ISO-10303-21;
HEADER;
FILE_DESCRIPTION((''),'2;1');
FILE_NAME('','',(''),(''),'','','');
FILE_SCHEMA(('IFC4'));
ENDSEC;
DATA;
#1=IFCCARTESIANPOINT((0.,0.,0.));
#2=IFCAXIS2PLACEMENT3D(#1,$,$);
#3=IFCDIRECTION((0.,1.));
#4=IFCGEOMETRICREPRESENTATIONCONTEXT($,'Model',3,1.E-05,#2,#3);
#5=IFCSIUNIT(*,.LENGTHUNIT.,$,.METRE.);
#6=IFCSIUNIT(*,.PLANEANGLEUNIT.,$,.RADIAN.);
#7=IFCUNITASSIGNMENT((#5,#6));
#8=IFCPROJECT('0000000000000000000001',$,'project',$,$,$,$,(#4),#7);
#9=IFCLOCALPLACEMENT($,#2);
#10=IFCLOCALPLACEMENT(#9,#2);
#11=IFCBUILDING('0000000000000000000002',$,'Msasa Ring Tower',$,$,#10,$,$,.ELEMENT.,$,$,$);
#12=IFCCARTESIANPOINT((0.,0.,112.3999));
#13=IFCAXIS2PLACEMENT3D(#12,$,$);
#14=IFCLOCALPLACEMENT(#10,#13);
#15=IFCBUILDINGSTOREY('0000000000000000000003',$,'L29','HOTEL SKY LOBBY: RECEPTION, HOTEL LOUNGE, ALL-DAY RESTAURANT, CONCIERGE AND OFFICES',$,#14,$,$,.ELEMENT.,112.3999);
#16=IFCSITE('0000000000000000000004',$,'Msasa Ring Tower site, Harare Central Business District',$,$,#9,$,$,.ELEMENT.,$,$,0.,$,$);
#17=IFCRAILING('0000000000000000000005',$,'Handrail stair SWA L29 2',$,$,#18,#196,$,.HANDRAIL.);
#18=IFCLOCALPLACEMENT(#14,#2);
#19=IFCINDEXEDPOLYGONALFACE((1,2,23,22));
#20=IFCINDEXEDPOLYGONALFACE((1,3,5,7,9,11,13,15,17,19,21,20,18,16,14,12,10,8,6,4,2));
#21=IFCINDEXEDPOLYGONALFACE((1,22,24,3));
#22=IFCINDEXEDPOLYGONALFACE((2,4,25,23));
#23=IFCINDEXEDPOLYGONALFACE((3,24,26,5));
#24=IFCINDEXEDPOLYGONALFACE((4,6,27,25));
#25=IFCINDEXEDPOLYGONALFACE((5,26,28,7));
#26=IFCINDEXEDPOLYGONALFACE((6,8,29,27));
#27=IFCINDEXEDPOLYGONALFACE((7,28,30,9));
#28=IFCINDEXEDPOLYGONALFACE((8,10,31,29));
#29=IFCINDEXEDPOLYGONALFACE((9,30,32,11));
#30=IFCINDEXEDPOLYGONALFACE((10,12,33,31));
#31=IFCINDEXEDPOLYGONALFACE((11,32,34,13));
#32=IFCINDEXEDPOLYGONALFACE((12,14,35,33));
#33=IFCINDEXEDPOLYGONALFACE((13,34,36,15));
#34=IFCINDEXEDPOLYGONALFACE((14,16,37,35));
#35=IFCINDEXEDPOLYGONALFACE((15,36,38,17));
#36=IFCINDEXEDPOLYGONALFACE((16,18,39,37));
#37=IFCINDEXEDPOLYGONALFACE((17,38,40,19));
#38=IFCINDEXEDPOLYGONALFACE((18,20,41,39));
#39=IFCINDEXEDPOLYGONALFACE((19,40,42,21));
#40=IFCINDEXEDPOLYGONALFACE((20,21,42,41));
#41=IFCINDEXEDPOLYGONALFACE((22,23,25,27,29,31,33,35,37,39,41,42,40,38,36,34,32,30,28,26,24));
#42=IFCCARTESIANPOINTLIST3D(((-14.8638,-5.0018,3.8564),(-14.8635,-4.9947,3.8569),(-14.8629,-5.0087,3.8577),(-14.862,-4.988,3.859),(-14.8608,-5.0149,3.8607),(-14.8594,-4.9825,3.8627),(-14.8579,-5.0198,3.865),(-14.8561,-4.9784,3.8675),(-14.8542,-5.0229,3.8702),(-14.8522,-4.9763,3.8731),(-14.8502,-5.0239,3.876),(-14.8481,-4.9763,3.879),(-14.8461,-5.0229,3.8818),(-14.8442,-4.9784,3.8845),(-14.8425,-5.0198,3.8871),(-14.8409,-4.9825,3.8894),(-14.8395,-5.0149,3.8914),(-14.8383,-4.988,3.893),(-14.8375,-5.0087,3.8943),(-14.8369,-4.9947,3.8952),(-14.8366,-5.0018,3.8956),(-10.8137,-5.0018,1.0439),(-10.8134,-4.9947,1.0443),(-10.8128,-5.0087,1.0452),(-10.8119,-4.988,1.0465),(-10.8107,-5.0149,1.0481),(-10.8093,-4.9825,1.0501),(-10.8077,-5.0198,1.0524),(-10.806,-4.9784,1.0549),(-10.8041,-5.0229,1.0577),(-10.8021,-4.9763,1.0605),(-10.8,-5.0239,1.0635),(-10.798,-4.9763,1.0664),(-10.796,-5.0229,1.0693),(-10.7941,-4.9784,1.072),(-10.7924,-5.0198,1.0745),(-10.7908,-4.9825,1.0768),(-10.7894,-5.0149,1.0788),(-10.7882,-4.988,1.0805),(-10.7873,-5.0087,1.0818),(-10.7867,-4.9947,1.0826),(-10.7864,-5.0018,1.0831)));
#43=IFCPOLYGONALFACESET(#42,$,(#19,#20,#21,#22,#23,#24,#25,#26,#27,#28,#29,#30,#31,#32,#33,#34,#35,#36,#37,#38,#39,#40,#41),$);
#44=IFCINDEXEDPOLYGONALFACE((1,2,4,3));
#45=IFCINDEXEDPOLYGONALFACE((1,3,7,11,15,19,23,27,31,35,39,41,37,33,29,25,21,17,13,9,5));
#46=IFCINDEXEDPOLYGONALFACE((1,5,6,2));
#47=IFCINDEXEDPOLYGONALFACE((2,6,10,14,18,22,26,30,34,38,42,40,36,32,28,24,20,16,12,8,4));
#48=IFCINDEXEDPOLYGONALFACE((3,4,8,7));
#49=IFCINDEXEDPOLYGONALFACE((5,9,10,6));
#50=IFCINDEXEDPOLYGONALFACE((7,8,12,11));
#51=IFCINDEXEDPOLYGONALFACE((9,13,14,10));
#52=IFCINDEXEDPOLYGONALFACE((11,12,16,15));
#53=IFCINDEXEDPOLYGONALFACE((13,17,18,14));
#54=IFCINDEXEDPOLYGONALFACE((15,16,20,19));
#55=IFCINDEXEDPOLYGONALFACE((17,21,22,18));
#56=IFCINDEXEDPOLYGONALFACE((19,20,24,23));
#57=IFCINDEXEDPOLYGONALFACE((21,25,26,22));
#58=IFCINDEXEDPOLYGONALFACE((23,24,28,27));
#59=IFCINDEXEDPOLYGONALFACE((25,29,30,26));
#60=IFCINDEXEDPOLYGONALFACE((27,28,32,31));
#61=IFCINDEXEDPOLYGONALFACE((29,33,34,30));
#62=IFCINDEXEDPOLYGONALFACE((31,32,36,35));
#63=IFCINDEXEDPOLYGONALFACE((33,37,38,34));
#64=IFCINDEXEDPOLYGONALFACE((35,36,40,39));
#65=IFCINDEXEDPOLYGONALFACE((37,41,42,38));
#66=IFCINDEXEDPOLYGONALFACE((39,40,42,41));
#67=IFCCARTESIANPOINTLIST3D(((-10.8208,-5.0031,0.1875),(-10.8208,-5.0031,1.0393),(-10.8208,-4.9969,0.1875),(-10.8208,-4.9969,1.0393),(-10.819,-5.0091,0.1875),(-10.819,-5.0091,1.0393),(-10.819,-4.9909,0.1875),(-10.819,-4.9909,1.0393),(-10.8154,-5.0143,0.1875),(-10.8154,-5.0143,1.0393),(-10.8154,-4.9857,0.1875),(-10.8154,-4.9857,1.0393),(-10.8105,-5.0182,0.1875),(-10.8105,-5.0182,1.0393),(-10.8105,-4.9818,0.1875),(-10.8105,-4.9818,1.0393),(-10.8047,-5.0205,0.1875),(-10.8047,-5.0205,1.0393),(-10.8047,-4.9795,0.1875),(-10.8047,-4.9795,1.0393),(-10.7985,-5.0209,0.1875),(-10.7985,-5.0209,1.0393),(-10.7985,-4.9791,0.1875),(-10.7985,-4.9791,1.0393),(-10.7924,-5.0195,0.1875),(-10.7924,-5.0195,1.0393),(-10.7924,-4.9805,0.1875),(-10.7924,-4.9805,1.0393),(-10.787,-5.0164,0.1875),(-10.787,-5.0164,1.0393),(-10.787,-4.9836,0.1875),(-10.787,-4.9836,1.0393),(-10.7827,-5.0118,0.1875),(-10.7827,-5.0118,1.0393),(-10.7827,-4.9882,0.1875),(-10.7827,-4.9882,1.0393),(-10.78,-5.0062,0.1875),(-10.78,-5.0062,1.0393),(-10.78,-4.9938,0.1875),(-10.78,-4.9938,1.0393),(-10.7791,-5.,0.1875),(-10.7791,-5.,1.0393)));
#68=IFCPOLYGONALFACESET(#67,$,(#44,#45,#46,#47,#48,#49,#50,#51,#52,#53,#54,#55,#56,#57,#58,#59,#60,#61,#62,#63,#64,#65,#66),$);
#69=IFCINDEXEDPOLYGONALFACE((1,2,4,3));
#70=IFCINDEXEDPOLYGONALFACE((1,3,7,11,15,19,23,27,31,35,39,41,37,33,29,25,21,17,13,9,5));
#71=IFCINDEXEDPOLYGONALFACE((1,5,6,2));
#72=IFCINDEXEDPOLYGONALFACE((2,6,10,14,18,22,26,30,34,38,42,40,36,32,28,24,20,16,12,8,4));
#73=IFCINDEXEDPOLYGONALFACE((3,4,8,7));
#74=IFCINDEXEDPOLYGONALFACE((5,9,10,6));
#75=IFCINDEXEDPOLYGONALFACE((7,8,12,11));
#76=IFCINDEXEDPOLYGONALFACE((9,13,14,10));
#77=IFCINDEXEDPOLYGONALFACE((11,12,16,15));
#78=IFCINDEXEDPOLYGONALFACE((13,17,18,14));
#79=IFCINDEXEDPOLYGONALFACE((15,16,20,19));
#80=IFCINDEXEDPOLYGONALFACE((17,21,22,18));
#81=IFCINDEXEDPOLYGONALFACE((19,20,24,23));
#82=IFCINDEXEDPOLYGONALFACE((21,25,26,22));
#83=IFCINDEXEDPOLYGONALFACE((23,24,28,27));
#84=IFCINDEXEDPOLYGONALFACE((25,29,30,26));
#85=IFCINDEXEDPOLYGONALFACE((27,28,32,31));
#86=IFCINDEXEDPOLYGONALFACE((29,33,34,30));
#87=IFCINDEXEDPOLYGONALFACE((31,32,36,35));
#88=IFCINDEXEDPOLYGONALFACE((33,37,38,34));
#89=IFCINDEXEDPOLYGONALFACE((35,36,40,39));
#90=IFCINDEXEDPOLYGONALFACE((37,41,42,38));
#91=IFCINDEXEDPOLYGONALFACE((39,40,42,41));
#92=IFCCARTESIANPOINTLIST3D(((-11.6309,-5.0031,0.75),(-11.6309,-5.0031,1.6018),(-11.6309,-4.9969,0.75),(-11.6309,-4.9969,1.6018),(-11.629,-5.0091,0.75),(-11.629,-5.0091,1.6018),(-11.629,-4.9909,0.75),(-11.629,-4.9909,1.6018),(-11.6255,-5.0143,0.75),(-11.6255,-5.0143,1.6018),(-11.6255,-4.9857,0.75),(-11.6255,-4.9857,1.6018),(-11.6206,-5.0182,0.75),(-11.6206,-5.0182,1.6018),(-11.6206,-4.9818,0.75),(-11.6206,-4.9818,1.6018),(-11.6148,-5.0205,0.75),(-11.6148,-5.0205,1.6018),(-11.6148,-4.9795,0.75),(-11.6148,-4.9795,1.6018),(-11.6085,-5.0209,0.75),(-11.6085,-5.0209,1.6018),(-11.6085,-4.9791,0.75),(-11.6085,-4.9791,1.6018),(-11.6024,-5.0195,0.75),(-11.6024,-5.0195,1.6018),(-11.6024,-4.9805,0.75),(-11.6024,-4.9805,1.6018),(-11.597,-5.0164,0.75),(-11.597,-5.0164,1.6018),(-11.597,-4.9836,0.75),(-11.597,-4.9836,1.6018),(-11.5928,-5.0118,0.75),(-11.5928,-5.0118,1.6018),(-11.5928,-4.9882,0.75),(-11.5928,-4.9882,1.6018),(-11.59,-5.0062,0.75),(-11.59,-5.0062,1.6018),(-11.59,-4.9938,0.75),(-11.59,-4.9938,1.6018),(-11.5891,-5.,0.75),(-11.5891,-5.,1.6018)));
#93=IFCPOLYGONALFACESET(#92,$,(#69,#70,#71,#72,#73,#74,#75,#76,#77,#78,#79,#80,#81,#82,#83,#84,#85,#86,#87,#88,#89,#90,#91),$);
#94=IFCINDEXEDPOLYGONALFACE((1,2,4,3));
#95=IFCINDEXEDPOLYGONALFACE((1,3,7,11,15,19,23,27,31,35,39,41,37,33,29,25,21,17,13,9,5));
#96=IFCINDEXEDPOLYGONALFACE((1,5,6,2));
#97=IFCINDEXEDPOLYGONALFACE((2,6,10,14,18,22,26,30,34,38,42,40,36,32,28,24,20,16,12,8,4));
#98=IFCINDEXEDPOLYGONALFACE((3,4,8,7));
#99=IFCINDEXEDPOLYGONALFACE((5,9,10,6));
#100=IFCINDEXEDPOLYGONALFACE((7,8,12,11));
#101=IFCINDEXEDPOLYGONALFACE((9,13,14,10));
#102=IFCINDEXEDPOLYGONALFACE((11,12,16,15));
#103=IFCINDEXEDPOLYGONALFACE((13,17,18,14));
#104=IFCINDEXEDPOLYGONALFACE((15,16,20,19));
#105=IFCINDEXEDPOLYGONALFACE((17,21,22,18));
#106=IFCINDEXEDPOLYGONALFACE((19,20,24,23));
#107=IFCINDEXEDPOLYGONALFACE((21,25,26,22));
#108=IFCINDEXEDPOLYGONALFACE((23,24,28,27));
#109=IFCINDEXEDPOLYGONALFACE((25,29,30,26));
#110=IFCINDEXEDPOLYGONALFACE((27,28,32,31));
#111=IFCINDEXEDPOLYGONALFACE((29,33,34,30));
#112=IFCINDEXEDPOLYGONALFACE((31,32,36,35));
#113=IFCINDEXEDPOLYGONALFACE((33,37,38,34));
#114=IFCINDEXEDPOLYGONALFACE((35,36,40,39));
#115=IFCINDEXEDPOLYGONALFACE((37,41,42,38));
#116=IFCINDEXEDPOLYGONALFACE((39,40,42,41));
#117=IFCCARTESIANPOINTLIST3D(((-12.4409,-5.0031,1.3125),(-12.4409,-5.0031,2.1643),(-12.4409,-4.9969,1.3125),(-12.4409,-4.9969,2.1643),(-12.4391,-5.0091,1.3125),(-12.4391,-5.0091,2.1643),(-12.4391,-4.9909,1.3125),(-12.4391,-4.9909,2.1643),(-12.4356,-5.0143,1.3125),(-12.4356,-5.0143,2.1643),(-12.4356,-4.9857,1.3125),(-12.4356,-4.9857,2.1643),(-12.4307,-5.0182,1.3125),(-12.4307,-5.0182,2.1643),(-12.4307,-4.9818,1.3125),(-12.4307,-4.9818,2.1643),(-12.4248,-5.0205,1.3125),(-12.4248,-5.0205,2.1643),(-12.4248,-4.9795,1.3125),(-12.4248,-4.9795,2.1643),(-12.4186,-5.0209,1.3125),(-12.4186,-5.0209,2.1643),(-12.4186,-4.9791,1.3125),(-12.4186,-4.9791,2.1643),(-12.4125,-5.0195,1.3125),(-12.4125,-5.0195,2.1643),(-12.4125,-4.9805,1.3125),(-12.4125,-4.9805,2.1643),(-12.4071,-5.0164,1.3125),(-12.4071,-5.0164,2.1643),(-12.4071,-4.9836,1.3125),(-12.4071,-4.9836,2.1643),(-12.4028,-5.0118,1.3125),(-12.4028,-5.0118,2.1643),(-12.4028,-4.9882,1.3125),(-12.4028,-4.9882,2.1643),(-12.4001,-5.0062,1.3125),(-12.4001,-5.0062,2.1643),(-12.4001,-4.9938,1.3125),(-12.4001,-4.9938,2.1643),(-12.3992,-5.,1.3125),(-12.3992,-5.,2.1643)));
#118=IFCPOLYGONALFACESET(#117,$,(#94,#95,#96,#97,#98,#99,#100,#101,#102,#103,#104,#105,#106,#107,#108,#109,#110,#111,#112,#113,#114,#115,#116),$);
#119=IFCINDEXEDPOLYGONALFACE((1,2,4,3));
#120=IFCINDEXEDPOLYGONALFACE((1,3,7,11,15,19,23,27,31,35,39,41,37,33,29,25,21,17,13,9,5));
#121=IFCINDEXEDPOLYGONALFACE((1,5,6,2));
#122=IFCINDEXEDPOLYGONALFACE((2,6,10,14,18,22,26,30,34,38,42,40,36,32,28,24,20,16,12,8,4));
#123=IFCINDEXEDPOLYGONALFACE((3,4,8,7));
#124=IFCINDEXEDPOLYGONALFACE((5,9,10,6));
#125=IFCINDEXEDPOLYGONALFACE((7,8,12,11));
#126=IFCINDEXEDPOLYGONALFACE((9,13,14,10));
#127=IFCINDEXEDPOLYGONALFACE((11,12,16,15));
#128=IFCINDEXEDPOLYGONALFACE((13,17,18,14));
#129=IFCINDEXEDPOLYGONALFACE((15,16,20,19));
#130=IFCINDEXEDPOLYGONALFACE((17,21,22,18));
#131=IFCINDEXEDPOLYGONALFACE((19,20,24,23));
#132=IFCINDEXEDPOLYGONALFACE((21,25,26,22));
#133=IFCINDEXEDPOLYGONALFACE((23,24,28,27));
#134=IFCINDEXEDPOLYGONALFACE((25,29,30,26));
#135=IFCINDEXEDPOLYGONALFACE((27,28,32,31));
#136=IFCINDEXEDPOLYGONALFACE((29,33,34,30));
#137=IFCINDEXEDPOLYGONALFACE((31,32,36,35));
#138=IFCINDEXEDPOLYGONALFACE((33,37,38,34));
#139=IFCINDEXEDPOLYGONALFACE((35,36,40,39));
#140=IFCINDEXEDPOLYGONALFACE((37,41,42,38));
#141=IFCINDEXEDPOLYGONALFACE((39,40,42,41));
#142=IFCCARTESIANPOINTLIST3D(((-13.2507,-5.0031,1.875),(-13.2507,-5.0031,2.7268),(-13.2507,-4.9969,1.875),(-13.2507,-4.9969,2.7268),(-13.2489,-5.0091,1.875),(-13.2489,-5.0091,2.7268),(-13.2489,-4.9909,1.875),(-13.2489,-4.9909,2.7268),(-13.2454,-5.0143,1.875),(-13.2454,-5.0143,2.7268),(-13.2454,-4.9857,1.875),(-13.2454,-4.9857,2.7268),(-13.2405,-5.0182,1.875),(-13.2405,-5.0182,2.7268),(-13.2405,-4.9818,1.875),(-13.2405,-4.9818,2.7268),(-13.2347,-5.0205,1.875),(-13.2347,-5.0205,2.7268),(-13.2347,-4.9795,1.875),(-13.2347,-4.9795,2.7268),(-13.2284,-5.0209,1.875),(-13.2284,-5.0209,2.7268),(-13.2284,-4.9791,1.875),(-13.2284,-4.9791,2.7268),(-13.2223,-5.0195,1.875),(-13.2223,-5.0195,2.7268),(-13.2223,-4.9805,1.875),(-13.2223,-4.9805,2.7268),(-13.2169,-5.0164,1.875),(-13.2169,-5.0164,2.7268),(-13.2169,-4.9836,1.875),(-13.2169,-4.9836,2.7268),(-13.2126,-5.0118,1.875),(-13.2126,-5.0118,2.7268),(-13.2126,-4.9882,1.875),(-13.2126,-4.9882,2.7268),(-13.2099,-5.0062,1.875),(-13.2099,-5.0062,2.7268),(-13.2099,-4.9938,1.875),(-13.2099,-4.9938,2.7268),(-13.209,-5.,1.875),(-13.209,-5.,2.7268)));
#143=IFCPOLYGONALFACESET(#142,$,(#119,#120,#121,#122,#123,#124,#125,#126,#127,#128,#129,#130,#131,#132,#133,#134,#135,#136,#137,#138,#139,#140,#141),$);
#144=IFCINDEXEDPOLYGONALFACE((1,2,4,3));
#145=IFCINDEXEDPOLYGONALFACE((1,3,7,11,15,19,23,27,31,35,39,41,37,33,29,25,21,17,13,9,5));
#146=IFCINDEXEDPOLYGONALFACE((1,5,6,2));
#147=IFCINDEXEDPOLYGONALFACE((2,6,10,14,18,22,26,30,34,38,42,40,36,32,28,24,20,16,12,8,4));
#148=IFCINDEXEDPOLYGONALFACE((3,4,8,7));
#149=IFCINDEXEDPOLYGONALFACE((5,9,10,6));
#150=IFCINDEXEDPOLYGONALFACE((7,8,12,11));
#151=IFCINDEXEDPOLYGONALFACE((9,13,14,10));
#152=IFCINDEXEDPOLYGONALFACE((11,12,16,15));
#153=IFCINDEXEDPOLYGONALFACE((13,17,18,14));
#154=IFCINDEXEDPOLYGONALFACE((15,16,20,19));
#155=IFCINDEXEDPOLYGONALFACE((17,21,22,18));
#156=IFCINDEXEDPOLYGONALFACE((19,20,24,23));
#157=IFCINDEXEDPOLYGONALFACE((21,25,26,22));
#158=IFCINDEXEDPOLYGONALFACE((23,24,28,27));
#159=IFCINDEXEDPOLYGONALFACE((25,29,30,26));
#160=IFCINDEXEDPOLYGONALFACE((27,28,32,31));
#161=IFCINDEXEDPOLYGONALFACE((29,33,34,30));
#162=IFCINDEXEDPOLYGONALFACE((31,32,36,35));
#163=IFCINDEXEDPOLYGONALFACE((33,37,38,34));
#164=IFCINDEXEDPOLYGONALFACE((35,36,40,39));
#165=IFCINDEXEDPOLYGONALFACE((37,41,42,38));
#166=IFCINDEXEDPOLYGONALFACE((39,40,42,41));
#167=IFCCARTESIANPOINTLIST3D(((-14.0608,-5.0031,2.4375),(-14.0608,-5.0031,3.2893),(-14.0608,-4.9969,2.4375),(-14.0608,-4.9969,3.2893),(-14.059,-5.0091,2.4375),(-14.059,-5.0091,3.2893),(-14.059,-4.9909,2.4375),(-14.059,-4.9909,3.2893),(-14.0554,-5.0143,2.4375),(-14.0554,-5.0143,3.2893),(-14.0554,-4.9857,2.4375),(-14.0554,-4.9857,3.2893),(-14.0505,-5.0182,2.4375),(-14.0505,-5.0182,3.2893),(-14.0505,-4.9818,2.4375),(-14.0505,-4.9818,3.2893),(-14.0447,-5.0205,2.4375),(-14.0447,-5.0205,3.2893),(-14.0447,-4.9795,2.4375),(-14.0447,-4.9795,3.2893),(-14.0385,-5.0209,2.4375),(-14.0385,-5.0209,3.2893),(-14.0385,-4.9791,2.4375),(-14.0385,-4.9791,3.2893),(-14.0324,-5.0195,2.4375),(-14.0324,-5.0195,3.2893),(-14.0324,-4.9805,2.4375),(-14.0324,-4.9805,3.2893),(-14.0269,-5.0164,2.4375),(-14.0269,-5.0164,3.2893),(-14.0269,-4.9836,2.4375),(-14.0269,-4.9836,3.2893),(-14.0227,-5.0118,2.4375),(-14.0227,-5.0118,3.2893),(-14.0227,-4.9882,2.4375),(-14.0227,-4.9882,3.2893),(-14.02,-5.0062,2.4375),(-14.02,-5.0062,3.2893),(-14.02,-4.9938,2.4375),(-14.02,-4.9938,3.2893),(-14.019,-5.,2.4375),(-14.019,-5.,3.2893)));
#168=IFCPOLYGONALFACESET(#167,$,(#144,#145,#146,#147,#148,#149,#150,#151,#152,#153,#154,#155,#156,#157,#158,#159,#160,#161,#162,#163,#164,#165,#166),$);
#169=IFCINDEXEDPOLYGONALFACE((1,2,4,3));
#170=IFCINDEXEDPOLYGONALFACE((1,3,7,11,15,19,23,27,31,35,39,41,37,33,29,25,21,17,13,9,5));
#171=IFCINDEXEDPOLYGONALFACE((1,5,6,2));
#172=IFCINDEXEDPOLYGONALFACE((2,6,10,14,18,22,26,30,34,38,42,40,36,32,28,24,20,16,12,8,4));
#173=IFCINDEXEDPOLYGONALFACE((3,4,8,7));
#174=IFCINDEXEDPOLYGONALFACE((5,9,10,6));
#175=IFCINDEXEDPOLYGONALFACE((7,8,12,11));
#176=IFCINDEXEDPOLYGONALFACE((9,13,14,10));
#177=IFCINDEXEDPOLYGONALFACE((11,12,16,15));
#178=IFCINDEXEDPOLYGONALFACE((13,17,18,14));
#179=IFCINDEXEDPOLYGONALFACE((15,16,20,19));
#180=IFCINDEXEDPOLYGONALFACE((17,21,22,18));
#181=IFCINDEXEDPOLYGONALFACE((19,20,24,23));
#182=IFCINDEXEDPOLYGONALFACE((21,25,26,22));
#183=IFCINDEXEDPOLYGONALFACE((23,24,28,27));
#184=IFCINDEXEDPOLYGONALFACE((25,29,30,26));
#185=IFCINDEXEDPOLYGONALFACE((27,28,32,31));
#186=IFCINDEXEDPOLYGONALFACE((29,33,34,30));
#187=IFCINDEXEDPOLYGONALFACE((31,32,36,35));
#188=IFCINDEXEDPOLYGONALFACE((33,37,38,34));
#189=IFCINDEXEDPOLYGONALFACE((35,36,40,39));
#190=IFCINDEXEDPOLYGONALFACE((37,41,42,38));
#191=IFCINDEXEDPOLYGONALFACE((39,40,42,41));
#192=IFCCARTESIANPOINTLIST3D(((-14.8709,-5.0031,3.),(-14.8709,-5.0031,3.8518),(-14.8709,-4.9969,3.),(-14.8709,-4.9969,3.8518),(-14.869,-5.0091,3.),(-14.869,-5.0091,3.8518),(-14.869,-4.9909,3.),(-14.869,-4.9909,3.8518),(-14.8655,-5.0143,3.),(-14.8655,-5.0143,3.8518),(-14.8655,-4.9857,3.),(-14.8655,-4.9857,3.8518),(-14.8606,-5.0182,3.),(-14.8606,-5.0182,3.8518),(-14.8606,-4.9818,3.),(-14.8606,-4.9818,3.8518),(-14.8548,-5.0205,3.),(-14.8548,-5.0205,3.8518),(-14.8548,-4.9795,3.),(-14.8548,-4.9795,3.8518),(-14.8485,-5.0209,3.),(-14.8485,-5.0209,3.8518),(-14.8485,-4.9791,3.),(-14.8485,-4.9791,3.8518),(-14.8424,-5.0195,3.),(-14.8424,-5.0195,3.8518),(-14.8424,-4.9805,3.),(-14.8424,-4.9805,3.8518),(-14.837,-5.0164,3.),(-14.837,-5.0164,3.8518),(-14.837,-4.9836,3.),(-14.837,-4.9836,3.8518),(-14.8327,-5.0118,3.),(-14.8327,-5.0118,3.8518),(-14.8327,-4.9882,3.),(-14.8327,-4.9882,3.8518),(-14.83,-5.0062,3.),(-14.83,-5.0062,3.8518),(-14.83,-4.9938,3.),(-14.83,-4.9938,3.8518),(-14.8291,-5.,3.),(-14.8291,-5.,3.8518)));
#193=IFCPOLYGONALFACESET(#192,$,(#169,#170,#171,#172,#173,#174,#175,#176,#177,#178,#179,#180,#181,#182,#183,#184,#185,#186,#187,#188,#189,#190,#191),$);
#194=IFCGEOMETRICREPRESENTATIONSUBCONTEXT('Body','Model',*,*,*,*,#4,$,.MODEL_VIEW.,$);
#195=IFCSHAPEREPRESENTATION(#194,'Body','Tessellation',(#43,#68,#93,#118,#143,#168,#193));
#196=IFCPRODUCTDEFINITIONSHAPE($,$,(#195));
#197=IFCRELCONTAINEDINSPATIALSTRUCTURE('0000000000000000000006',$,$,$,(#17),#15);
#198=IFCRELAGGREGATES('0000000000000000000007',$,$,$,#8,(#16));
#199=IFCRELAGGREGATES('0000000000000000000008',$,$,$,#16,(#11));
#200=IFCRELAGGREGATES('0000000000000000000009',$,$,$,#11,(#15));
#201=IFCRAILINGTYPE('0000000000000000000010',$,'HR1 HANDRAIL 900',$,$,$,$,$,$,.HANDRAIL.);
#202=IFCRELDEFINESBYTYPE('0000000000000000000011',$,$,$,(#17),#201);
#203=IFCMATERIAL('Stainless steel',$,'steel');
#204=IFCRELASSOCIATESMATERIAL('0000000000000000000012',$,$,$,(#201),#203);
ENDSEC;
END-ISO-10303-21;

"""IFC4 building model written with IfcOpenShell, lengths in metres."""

from ifc_helpers import new_model, si_unit, direction, frame, origin, origin_2d, place, context, subcontext, project, spatial, circle, extrude, material, type_object, element, save


model = new_model("IFC4")

# Units and contexts
model_context = context("Model", 3, precision=1e-05, world=origin(), true_north=direction((0.0, 1.0)))
body_context = subcontext(model_context, "Body", "Model", "MODEL_VIEW")
ifc_project = project(units=[si_unit("LENGTHUNIT", "METRE"), si_unit("PLANEANGLEUNIT", "RADIAN")], contexts=[model_context])

# Site, building, storey
site_placement = place(None, origin())
site = spatial("IfcSite", under=ifc_project, at=site_placement, Name="Msasa Ring Tower site, Harare Central Business District", CompositionType="ELEMENT", RefElevation=0.0)
building_placement = place(site_placement, origin())
building = spatial("IfcBuilding", under=site, at=building_placement, Name="Msasa Ring Tower", CompositionType="ELEMENT")
storey_placement = place(building_placement, frame((0.0, 0.0, 112.3999)))
storey = spatial("IfcBuildingStorey", under=building, at=storey_placement, Name="L29", Description="HOTEL SKY LOBBY: RECEPTION, HOTEL LOUNGE, ALL-DAY RESTAURANT, CONCIERGE AND OFFICES", CompositionType="ELEMENT", Elevation=112.3999)

# Railing
ifc_material_1 = material(Name="Stainless steel", Category="steel")
railing_type = type_object("IfcRailingType", Name="HR1 HANDRAIL 900", PredefinedType="HANDRAIL", material=ifc_material_1)
for number, where, name in (
    (1, (-10.8, -5.0, 0.1875), "Handrail stair SWA L29 2"),
):
    element("IfcRailing", number, at=place(storey_placement, frame(where)), inside=storey, type_object=railing_type, Name=name, PredefinedType="HANDRAIL", context=body_context, shape_type="SweptSolid", body=[
        extrude(circle(Radius=0.0239, at=origin_2d()), frame((0.0, 0.0, 0.876), z_axis=(-0.821373, 0.0, 0.570391), x_axis=(0.0, -1.0, 0.0)), (0.0, 0.0, 1.0), 4.9309),
        extrude(circle(Radius=0.021, at=origin_2d()), origin(), (0.0, 0.0, 1.0), 0.8518),
        extrude(circle(Radius=0.021, at=origin_2d()), frame((-0.8101, 0.0, 0.5625)), (0.0, 0.0, 1.0), 0.8518),
        extrude(circle(Radius=0.021, at=origin_2d()), frame((-1.6201, 0.0, 1.125)), (0.0, 0.0, 1.0), 0.8518),
        extrude(circle(Radius=0.021, at=origin_2d()), frame((-2.4299, 0.0, 1.6875)), (0.0, 0.0, 1.0), 0.8518),
        extrude(circle(Radius=0.021, at=origin_2d()), frame((-3.24, 0.0, 2.25)), (0.0, 0.0, 1.0), 0.8518),
        extrude(circle(Radius=0.021, at=origin_2d()), frame((-4.05, 0.0, 2.8125)), (0.0, 0.0, 1.0), 0.8518),
    ])

save(model, "model.ifc")
